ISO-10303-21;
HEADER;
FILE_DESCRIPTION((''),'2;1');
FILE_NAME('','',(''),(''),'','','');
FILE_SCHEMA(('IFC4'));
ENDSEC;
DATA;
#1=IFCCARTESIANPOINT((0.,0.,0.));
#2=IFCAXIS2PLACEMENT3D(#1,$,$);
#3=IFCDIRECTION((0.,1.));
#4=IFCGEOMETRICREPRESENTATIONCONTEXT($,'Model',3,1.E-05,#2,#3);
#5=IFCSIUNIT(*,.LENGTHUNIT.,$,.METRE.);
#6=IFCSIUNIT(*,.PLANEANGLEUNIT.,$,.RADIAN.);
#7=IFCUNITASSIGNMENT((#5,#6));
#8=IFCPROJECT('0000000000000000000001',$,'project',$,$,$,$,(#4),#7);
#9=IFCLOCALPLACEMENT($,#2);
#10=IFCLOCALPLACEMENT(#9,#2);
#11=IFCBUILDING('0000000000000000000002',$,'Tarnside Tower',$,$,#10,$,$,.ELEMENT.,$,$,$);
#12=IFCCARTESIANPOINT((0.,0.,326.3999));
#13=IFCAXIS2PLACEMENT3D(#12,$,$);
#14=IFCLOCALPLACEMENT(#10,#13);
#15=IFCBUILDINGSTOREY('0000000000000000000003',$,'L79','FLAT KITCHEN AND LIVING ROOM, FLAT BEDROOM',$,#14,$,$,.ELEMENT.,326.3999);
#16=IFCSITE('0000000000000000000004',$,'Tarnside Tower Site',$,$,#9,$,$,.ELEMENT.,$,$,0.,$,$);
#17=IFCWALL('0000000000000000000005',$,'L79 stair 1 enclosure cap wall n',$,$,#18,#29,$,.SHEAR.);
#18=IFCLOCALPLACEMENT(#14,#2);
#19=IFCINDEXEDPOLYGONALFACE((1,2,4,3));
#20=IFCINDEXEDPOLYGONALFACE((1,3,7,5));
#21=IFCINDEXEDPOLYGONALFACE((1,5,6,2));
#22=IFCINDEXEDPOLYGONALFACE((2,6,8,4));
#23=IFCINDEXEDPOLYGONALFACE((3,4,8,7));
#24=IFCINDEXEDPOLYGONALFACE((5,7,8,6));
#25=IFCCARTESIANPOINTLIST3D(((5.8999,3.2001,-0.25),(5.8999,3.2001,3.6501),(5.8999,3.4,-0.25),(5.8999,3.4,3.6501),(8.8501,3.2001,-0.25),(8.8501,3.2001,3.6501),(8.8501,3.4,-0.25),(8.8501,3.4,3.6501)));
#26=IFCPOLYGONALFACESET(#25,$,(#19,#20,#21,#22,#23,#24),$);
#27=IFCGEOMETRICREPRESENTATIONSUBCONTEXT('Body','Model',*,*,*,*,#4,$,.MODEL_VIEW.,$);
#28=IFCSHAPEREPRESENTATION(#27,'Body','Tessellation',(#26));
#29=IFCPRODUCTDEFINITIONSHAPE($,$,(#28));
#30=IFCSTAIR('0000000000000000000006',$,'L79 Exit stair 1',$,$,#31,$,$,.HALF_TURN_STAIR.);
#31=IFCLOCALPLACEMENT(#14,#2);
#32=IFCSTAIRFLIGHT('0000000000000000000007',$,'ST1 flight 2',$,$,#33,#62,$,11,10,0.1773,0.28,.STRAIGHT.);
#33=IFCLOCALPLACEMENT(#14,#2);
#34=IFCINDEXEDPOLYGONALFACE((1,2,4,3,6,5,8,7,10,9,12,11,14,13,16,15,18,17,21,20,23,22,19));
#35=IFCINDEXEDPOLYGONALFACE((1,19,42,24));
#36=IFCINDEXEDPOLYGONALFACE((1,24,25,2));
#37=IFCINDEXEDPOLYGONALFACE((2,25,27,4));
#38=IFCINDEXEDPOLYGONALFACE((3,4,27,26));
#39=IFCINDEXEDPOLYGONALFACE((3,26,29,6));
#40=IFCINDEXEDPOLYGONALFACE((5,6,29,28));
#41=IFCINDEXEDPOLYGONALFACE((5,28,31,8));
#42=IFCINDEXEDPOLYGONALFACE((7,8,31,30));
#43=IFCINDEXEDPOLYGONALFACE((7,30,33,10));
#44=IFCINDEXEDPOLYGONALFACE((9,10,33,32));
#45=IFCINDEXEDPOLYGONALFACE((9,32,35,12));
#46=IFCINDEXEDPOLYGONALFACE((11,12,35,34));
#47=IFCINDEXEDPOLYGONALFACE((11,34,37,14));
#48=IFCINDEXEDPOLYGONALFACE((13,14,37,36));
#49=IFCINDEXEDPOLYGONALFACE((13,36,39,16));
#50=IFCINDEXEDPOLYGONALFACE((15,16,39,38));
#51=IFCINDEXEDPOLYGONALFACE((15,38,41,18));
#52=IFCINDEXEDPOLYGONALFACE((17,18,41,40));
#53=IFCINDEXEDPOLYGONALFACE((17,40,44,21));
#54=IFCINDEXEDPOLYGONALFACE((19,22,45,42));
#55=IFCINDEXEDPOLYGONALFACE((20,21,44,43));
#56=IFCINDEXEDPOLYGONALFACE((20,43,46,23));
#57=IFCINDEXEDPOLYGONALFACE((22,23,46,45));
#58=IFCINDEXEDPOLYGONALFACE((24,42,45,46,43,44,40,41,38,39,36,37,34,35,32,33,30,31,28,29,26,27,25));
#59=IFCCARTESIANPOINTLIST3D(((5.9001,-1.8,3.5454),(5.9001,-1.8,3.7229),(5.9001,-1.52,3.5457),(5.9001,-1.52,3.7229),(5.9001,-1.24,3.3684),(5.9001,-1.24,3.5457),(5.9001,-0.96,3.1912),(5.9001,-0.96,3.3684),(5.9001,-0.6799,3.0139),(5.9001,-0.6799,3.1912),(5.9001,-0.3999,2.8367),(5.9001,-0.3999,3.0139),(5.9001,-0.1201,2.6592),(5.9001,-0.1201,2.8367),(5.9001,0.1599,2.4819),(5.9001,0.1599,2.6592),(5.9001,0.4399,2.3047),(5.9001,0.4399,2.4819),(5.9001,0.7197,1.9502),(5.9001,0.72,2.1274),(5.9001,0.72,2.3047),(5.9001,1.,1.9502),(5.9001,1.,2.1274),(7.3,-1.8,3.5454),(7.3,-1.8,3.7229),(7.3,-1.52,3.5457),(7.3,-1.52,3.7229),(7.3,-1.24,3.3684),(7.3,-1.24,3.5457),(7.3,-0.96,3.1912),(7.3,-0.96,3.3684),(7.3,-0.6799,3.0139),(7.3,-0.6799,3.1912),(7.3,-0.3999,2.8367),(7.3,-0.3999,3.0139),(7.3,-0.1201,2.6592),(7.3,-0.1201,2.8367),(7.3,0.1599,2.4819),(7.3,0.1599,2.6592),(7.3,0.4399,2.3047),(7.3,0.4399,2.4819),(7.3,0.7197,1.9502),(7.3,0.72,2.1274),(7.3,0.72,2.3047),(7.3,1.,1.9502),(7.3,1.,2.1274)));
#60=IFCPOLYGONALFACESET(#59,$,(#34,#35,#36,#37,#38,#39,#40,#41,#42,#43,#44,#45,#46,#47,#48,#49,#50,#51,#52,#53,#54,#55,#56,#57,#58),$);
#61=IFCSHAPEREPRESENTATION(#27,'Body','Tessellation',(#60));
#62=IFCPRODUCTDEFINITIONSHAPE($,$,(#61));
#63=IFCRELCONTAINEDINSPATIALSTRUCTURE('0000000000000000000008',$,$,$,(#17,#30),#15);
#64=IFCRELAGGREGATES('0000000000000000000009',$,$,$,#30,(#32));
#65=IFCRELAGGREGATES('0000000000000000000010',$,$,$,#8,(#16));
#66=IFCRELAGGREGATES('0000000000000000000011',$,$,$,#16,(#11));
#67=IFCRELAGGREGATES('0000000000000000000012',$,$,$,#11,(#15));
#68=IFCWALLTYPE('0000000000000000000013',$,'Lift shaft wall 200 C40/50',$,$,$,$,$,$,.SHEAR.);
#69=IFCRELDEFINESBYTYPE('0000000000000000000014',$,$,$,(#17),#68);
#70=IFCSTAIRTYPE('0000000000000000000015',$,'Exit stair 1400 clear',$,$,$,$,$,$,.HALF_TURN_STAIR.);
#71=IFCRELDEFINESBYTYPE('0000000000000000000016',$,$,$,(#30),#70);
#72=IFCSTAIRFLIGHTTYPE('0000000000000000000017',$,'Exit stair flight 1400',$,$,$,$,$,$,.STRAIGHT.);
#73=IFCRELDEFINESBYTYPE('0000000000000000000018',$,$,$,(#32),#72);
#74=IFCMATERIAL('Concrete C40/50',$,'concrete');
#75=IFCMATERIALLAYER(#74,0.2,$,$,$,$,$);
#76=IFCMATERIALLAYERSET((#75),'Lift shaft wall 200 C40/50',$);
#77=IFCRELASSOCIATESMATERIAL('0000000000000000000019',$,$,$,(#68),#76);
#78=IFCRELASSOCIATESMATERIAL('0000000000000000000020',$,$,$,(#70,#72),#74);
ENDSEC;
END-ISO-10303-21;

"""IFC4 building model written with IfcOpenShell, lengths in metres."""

from ifc_helpers import new_model, si_unit, direction, frame, frame_2d, origin, place, context, subcontext, project, spatial, polyline, rectangle, outline, extrude, material, layer, layer_set, type_object, element, aggregate, save


model = new_model("IFC4")

# Units and contexts
model_context = context("Model", 3, precision=1e-05, world=origin(), true_north=direction((0.0, 1.0)))
body_context = subcontext(model_context, "Body", "Model", "MODEL_VIEW")
ifc_project = project(units=[si_unit("LENGTHUNIT", "METRE"), si_unit("PLANEANGLEUNIT", "RADIAN")], contexts=[model_context])

# Site, building, storey
site_placement = place(None, origin())
site = spatial("IfcSite", under=ifc_project, at=site_placement, Name="Tarnside Tower Site", CompositionType="ELEMENT", RefElevation=0.0)
building_placement = place(site_placement, origin())
building = spatial("IfcBuilding", under=site, at=building_placement, Name="Tarnside Tower", CompositionType="ELEMENT")
storey_placement = place(building_placement, frame((0.0, 0.0, 326.3999)))
storey = spatial("IfcBuildingStorey", under=building, at=storey_placement, Name="L79", Description="FLAT KITCHEN AND LIVING ROOM, FLAT BEDROOM", CompositionType="ELEMENT", Elevation=326.3999)

# Shared definitions
ifc_material_1 = material(Name="Concrete C40/50", Category="concrete")

# Shared definitions
ifc_layer_1 = layer(ifc_material_1, 0.2)
ifc_layer_set_1 = layer_set([ifc_layer_1], Name="Lift shaft wall 200 C40/50")
wall_type_1 = type_object("IfcWallType", Name="Lift shaft wall 200 C40/50", PredefinedType="SHEAR", material=ifc_layer_set_1)

# Wall
wall_1_placement = place(storey_placement, frame((5.8999, 3.3, -0.25), z_axis=(0.0, 0.0, 1.0), x_axis=(1.0, 0.0, 0.0)))
element("IfcWall", 1, at=wall_1_placement, inside=storey, type_object=wall_type_1, Name="L79 stair 1 enclosure cap wall n", PredefinedType="SHEAR", context=body_context, shape_type="SweptSolid", body=[
    extrude(rectangle(XDim=2.9502, YDim=0.2, at=frame_2d((1.4751, 0.0))), origin(), (0.0, 0.0, 1.0), 3.9001),
])

# Stair, stair flight
stair_type = type_object("IfcStairType", Name="Exit stair 1400 clear", PredefinedType="HALF_TURN_STAIR", material=ifc_material_1)
stair_placement = place(storey_placement, origin())
stair = element("IfcStair", 2, at=stair_placement, inside=storey, type_object=stair_type, Name="L79 Exit stair 1", PredefinedType="HALF_TURN_STAIR")
stair_flight_type = type_object("IfcStairFlightType", Name="Exit stair flight 1400", PredefinedType="STRAIGHT", material=ifc_material_1)
stair_flight_placement = place(storey_placement, frame((6.6001, 1.0, 1.9502), z_axis=(0.0, 0.0, 1.0), x_axis=(0.0, -1.0, 0.0)))
stair_flight = element("IfcStairFlight", 3, at=stair_flight_placement, type_object=stair_flight_type, Name="ST1 flight 2", NumberOfRisers=11, NumberOfTreads=10, PredefinedType="STRAIGHT", RiserHeight=0.1773, TreadLength=0.28, context=body_context, shape_type="SweptSolid", body=[
    extrude(outline(polyline([(0.0, 0.0), (0.0, 0.1772), (0.28, 0.1772), (0.28, 0.3545), (0.5601, 0.3545), (0.5601, 0.5317), (0.8401, 0.5317), (0.8401, 0.709), (1.1201, 0.709), (1.1201, 0.8865), (1.3999, 0.8865), (1.3999, 1.0637), (1.6799, 1.0637), (1.6799, 1.241), (1.96, 1.241), (1.96, 1.4182), (2.24, 1.4182), (2.24, 1.5955), (2.52, 1.5955), (2.52, 1.7727), (2.8, 1.7727), (2.8, 1.95), (2.8, 1.5952), (0.2803, 0.0), (0.0, 0.0)])), frame((0.0, 0.7, 0.0), z_axis=(0.0, -1.0, 0.0), x_axis=(1.0, 0.0, 0.0)), (0.0, 0.0, 1.0), 1.3999),
])
aggregate(stair, [stair_flight])

save(model, "model.ifc")
